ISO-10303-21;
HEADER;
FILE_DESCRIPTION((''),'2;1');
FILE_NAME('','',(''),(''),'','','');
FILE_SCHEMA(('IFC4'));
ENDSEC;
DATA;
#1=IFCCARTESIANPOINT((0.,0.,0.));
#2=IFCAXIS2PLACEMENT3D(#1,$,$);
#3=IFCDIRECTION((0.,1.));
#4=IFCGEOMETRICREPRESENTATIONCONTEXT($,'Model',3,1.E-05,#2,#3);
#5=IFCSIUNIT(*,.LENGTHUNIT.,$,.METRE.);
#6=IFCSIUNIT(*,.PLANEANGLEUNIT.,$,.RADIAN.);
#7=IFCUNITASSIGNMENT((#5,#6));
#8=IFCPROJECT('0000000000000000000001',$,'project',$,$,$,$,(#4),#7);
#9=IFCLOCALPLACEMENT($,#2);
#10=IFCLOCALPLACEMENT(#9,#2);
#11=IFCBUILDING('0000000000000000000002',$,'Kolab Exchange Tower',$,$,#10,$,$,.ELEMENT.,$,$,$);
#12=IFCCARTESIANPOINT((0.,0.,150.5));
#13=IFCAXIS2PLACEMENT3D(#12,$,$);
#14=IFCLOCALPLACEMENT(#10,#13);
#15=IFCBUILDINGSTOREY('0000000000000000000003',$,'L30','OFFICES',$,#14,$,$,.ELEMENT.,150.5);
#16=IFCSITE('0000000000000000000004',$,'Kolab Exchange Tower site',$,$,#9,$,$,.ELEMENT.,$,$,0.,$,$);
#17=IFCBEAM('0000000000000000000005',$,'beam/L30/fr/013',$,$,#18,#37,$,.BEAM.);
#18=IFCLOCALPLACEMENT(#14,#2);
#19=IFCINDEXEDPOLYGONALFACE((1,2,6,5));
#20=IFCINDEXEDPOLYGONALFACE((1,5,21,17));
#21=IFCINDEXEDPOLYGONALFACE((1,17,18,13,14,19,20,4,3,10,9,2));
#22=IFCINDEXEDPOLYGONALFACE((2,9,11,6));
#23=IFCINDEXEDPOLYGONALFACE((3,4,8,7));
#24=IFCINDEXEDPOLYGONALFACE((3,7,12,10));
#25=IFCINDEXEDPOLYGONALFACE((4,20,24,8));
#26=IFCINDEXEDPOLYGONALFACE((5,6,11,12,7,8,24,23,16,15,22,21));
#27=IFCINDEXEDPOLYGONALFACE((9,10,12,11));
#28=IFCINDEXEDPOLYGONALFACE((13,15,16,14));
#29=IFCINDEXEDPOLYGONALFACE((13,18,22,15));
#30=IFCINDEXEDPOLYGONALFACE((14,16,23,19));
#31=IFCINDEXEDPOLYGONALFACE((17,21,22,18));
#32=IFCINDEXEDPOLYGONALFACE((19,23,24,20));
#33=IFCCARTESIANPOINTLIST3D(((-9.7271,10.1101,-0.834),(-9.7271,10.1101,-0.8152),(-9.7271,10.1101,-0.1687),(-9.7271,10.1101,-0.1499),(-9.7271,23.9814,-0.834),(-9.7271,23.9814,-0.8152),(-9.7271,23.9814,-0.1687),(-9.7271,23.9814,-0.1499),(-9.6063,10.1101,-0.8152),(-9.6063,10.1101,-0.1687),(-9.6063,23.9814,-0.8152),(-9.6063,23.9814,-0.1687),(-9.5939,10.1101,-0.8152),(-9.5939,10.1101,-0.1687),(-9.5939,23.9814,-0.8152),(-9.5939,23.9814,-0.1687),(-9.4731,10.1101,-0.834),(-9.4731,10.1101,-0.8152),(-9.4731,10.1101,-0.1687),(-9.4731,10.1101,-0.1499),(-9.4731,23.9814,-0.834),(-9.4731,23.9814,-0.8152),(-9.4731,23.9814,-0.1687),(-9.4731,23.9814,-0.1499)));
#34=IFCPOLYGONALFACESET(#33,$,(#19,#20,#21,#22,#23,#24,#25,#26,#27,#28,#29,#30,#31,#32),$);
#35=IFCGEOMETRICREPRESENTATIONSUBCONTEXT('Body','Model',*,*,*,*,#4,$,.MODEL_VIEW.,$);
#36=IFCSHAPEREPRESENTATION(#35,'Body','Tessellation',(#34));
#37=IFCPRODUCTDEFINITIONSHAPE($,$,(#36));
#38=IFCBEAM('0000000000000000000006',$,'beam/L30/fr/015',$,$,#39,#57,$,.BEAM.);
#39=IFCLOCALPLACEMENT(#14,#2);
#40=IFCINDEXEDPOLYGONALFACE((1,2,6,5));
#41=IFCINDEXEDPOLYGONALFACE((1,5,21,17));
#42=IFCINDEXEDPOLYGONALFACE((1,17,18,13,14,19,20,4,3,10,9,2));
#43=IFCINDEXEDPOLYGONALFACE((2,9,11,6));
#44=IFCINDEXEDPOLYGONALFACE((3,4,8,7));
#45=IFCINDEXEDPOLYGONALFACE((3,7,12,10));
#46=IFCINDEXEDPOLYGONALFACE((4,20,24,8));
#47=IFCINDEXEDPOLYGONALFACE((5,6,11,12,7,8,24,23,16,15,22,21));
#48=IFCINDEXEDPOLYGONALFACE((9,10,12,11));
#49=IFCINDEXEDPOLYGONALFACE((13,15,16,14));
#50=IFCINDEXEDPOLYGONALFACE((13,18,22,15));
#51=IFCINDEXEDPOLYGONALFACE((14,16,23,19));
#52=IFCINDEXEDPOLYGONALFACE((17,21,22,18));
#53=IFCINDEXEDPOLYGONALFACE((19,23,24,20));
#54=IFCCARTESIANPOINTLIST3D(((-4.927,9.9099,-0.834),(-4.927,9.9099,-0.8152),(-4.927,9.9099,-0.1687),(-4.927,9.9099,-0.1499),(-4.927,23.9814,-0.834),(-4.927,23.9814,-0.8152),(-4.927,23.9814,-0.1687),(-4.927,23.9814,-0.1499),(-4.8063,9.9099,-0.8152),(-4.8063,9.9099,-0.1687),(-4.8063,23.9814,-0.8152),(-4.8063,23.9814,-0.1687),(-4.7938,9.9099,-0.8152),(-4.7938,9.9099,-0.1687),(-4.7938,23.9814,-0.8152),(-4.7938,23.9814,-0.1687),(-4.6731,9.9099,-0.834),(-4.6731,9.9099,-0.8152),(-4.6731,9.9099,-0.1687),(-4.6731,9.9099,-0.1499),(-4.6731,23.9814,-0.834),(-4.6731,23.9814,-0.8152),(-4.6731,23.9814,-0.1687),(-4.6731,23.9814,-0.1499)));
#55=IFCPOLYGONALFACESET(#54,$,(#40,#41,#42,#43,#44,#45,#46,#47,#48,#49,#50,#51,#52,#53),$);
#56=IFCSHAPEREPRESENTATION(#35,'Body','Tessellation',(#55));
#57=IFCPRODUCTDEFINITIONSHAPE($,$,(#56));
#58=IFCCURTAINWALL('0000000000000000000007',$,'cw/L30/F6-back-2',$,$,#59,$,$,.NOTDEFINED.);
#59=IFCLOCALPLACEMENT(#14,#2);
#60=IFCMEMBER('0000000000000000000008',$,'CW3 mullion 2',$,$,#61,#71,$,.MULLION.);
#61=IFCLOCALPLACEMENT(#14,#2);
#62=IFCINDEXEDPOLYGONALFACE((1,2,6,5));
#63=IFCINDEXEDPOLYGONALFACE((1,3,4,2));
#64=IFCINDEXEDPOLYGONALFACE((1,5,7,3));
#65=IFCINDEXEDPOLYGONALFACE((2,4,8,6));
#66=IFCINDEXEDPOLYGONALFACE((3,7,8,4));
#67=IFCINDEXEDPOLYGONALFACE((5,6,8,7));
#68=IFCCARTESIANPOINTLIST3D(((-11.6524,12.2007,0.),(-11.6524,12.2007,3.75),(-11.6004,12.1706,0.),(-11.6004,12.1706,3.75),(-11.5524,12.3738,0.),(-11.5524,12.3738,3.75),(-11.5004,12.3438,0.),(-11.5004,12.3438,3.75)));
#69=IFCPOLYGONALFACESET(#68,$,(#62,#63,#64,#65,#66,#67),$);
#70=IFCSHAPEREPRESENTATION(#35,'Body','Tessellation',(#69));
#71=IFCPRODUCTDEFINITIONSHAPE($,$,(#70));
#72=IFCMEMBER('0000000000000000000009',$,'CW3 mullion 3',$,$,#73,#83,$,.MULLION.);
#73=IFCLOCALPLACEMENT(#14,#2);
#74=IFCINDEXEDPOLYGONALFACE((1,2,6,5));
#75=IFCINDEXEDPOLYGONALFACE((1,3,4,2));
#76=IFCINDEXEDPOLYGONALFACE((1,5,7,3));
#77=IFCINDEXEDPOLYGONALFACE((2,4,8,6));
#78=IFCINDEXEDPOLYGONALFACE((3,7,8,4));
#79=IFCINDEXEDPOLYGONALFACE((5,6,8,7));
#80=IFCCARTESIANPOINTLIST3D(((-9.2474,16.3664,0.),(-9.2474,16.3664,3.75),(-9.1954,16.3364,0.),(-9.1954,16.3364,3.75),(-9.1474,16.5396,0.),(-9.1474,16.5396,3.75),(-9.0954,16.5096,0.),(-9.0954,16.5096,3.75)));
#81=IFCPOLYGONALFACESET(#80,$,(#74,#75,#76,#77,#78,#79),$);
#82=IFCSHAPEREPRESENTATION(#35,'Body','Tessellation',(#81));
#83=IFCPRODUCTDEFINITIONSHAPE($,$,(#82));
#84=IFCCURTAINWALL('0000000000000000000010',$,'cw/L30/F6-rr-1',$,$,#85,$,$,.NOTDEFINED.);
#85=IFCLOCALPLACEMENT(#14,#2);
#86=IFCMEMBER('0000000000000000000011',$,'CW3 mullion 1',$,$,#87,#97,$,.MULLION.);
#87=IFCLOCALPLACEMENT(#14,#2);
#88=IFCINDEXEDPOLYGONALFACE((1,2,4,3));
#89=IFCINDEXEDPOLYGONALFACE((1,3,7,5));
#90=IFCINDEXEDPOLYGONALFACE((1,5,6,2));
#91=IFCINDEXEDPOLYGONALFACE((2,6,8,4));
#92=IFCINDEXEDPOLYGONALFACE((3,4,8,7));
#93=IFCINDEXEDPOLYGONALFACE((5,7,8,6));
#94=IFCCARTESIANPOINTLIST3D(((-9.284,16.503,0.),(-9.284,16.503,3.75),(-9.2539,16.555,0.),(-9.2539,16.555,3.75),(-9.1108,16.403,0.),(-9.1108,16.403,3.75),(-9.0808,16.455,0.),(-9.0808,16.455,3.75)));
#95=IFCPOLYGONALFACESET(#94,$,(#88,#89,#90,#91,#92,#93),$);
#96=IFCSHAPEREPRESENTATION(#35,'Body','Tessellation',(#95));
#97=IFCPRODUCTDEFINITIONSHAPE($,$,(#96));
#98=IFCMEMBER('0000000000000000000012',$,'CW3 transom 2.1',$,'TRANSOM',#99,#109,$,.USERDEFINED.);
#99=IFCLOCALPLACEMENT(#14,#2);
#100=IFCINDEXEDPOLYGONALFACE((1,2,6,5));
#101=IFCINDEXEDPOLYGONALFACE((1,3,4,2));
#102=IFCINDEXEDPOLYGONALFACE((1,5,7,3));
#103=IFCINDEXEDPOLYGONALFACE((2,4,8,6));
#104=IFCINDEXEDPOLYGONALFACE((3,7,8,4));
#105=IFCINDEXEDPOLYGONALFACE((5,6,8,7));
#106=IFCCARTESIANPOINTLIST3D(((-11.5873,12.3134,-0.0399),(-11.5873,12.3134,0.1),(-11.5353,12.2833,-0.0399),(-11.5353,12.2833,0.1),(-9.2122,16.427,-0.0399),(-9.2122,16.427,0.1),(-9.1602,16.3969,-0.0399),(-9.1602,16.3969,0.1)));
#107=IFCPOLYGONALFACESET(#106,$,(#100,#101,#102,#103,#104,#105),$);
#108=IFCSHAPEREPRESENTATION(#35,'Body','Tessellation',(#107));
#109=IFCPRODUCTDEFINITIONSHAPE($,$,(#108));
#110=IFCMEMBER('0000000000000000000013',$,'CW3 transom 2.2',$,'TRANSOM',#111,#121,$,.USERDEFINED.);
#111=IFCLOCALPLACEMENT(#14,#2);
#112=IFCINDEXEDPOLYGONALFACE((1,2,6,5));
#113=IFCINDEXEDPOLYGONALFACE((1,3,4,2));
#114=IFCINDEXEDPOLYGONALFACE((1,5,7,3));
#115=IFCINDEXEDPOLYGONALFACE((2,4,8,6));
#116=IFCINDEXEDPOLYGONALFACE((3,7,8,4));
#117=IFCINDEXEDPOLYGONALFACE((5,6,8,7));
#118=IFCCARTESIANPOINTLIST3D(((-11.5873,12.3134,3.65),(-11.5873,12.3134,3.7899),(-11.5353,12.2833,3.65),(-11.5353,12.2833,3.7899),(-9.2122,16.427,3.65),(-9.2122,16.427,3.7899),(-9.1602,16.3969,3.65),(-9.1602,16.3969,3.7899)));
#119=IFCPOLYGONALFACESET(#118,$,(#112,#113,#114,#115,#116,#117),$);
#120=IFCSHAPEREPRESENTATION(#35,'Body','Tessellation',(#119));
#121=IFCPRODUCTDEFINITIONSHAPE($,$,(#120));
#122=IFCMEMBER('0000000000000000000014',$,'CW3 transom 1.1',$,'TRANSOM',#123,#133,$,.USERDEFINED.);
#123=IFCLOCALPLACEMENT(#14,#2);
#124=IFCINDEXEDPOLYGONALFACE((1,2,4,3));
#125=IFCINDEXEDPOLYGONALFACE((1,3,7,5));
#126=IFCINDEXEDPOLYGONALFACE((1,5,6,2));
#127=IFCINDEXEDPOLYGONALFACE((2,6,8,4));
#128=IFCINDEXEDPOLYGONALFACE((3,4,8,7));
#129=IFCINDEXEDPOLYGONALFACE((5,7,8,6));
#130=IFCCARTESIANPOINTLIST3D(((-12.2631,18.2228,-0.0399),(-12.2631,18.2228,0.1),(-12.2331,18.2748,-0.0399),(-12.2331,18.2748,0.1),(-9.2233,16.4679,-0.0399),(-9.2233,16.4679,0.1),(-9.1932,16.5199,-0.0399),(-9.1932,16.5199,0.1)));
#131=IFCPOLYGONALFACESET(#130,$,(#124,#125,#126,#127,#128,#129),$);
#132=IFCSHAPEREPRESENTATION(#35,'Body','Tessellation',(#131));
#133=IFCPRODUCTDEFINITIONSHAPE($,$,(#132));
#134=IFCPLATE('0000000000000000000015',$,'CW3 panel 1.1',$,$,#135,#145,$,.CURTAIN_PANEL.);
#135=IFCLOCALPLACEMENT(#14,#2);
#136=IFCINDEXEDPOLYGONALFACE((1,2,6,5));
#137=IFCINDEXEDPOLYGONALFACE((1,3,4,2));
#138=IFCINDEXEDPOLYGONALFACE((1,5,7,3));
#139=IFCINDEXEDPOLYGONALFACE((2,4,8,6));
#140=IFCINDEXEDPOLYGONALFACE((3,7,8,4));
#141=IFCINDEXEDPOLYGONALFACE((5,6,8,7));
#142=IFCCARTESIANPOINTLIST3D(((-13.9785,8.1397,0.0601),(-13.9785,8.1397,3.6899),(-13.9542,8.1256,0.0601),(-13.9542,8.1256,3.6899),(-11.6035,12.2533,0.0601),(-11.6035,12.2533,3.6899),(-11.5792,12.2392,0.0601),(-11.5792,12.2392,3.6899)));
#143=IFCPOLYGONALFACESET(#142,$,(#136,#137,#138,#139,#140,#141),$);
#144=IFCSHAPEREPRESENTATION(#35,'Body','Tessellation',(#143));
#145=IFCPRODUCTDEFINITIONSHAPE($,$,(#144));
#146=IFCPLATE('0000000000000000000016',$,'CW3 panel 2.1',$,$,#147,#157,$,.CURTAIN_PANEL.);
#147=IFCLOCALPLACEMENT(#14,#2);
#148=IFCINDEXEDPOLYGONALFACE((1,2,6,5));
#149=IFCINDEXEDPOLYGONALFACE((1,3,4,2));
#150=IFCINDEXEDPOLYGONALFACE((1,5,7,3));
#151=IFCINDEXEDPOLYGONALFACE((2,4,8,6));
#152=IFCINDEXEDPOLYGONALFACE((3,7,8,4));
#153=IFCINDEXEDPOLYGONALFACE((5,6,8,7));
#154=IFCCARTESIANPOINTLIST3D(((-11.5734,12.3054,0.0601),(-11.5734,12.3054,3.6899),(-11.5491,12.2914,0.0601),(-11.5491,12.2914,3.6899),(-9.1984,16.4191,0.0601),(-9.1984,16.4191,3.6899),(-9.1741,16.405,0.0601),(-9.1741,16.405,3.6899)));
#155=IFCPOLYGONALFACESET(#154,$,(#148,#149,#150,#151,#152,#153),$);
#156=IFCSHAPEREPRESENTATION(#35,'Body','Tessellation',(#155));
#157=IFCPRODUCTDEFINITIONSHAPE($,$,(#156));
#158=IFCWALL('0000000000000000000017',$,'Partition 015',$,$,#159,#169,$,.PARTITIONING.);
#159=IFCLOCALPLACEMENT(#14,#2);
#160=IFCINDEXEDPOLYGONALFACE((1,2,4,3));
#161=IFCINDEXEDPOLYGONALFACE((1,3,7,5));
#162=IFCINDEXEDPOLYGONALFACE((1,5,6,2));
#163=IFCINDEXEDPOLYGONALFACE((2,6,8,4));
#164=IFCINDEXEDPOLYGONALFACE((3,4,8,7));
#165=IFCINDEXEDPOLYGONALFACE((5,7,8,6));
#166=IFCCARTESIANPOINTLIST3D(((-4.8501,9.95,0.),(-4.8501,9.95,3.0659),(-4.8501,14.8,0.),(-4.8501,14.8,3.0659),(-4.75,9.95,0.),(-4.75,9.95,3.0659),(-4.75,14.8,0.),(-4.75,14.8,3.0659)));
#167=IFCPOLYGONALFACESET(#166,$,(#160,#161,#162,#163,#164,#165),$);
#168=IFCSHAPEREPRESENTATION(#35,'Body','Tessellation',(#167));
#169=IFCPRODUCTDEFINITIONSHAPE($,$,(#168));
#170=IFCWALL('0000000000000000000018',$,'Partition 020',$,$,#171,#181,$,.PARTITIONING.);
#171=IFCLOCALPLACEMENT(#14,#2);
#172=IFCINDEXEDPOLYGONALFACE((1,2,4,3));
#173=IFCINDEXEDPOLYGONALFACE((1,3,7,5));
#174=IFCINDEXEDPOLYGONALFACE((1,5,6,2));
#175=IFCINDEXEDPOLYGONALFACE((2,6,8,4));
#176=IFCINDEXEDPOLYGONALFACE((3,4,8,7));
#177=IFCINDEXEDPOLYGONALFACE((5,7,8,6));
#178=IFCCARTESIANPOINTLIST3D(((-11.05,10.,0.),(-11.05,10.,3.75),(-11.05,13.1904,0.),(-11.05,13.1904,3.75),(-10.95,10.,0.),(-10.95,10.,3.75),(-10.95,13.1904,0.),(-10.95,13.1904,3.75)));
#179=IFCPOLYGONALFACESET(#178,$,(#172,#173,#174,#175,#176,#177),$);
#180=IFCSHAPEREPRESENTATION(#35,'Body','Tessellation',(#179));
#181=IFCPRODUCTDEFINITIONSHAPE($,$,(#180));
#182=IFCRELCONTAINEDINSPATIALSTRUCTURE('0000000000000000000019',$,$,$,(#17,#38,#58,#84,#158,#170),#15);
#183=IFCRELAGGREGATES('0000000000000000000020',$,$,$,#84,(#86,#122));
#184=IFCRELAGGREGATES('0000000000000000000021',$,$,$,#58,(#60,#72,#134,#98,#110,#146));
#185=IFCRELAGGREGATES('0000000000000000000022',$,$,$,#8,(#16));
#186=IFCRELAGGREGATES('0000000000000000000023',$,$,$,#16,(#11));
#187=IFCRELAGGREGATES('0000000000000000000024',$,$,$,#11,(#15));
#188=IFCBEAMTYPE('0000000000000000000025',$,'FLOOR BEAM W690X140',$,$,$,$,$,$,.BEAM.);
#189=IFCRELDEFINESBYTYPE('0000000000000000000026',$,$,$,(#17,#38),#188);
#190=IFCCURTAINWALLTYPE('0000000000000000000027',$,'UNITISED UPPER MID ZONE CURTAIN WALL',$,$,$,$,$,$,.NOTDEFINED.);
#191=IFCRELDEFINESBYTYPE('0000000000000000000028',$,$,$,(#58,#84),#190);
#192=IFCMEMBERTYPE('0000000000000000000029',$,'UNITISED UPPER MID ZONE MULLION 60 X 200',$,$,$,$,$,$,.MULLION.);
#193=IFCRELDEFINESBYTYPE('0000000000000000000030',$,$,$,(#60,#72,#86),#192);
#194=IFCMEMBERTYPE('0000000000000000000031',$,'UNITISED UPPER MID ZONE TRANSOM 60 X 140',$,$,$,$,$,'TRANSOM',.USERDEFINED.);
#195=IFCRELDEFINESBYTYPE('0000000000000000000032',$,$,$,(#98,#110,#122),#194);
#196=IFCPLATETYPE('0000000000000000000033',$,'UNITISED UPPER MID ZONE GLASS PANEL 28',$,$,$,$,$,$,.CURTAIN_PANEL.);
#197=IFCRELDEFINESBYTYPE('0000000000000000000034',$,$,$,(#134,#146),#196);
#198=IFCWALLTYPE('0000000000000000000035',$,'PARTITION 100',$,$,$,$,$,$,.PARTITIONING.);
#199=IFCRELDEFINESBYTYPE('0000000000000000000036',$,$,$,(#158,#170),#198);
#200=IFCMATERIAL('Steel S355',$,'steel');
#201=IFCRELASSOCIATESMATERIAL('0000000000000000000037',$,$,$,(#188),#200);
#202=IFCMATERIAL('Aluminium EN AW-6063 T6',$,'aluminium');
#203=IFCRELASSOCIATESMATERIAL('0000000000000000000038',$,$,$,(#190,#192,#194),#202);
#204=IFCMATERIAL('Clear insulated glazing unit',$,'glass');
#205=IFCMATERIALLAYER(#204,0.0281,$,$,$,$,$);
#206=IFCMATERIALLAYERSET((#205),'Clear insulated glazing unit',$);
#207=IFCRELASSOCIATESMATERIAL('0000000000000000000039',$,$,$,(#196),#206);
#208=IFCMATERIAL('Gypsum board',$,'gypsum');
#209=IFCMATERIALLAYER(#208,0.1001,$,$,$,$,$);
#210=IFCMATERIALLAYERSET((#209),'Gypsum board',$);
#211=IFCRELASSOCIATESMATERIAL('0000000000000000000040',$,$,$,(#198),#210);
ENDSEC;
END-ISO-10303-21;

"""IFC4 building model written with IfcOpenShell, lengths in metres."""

from ifc_helpers import new_model, si_unit, direction, frame, frame_2d, origin, origin_2d, place, context, subcontext, project, spatial, rectangle, i_section, extrude, material, layer, layer_set, material_profile, profile_set, type_object, element, aggregate, save


model = new_model("IFC4")

# Units and contexts
model_context = context("Model", 3, precision=1e-05, world=origin(), true_north=direction((0.0, 1.0)))
body_context = subcontext(model_context, "Body", "Model", "MODEL_VIEW")
ifc_project = project(units=[si_unit("LENGTHUNIT", "METRE"), si_unit("PLANEANGLEUNIT", "RADIAN")], contexts=[model_context])

# Site, building, storey
site_placement = place(None, origin())
site = spatial("IfcSite", under=ifc_project, at=site_placement, Name="Kolab Exchange Tower site", CompositionType="ELEMENT", RefElevation=0.0)
building_placement = place(site_placement, origin())
building = spatial("IfcBuilding", under=site, at=building_placement, Name="Kolab Exchange Tower", CompositionType="ELEMENT")
storey_placement = place(building_placement, frame((0.0, 0.0, 150.5)))
storey = spatial("IfcBuildingStorey", under=building, at=storey_placement, Name="L30", Description="OFFICES", CompositionType="ELEMENT", Elevation=150.5)

# Beams
ifc_material_1 = material(Name="Steel S355", Category="steel")
ifc_material_profile_1 = material_profile(ifc_material_1, i_section(OverallWidth=0.2539, OverallDepth=0.6841, WebThickness=0.0125, FlangeThickness=0.0188, at=origin_2d()), Name="W690X140")
ifc_profile_set_1 = profile_set([ifc_material_profile_1], Name="Steel S355")
beam_type = type_object("IfcBeamType", Name="FLOOR BEAM W690X140", PredefinedType="BEAM", material=ifc_profile_set_1)
beam_1_placement = place(storey_placement, frame((-9.6001, 10.1101, -0.4919), z_axis=(0.0, 1.0, 0.0), x_axis=(-1.0, 0.0, 0.0)))
element("IfcBeam", 1, at=beam_1_placement, inside=storey, type_object=beam_type, Name="beam/L30/fr/013", PredefinedType="BEAM", context=body_context, shape_type="SweptSolid", body=[
    extrude(i_section(OverallWidth=0.2539, OverallDepth=0.6841, WebThickness=0.0125, FlangeThickness=0.0188, at=origin_2d()), origin(), (0.0, 0.0, 1.0), 13.8713),
])
beam_2_placement = place(storey_placement, frame((-4.8, 9.9099, -0.4919), z_axis=(0.0, 1.0, 0.0), x_axis=(-1.0, 0.0, 0.0)))
element("IfcBeam", 2, at=beam_2_placement, inside=storey, type_object=beam_type, Name="beam/L30/fr/015", PredefinedType="BEAM", context=body_context, shape_type="SweptSolid", body=[
    extrude(i_section(OverallWidth=0.2539, OverallDepth=0.6841, WebThickness=0.0125, FlangeThickness=0.0188, at=origin_2d()), origin(), (0.0, 0.0, 1.0), 14.0715),
])

# Curtain wall, members
ifc_material_2 = material(Name="Aluminium EN AW-6063 T6", Category="aluminium")
curtain_wall_type = type_object("IfcCurtainWallType", Name="UNITISED UPPER MID ZONE CURTAIN WALL", PredefinedType="NOTDEFINED", material=ifc_material_2)
curtain_wall_1_placement = place(storey_placement, origin())
curtain_wall_1 = element("IfcCurtainWall", 3, at=curtain_wall_1_placement, inside=storey, type_object=curtain_wall_type, Name="cw/L30/F6-back-2", PredefinedType="NOTDEFINED")
ifc_material_profile_2 = material_profile(ifc_material_2, rectangle(XDim=0.0601, YDim=0.2, at=origin_2d()), Name="RECT 60X200")
ifc_profile_set_2 = profile_set([ifc_material_profile_2], Name="Aluminium EN AW-6063 T6")
member_type_1 = type_object("IfcMemberType", Name="UNITISED UPPER MID ZONE MULLION 60 X 200", PredefinedType="MULLION", material=ifc_profile_set_2)
member_1_placement = place(storey_placement, frame((-11.5764, 12.2722, 0.0), z_axis=(0.0, 0.0, 1.0), x_axis=(-0.866025, 0.5, 0.0)))
member_1 = element("IfcMember", 4, at=member_1_placement, type_object=member_type_1, Name="CW3 mullion 2", PredefinedType="MULLION", context=body_context, shape_type="SweptSolid", body=[
    extrude(rectangle(XDim=0.0601, YDim=0.2, at=origin_2d()), origin(), (0.0, 0.0, 1.0), 3.75),
])
member_2_placement = place(storey_placement, frame((-9.1714, 16.438, 0.0), z_axis=(0.0, 0.0, 1.0), x_axis=(-0.866025, 0.5, 0.0)))
member_2 = element("IfcMember", 5, at=member_2_placement, type_object=member_type_1, Name="CW3 mullion 3", PredefinedType="MULLION", context=body_context, shape_type="SweptSolid", body=[
    extrude(rectangle(XDim=0.0601, YDim=0.2, at=origin_2d()), origin(), (0.0, 0.0, 1.0), 3.75),
])

# Curtain wall, member
curtain_wall_2_placement = place(storey_placement, origin())
curtain_wall_2 = element("IfcCurtainWall", 6, at=curtain_wall_2_placement, inside=storey, type_object=curtain_wall_type, Name="cw/L30/F6-rr-1", PredefinedType="NOTDEFINED")
member_3_placement = place(storey_placement, frame((-9.1824, 16.479, 0.0), z_axis=(0.0, 0.0, 1.0), x_axis=(-0.5, -0.866025, 0.0)))
member_3 = element("IfcMember", 7, at=member_3_placement, type_object=member_type_1, Name="CW3 mullion 1", PredefinedType="MULLION", context=body_context, shape_type="SweptSolid", body=[
    extrude(rectangle(XDim=0.0601, YDim=0.2, at=origin_2d()), origin(), (0.0, 0.0, 1.0), 3.75),
])

# Members
ifc_material_profile_3 = material_profile(ifc_material_2, rectangle(XDim=0.0601, YDim=0.1399, at=origin_2d()), Name="RECT 60X140")
ifc_profile_set_3 = profile_set([ifc_material_profile_3], Name="Aluminium EN AW-6063 T6")
member_type_2 = type_object("IfcMemberType", Name="UNITISED UPPER MID ZONE TRANSOM 60 X 140", ElementType="TRANSOM", PredefinedType="USERDEFINED", material=ifc_profile_set_3)
member_4_placement = place(storey_placement, frame((-11.5613, 12.2983, 0.03), z_axis=(0.500009, 0.86602, 0.0), x_axis=(-0.86602, 0.500009, 0.0)))
member_4 = element("IfcMember", 8, at=member_4_placement, type_object=member_type_2, Name="CW3 transom 2.1", ObjectType="TRANSOM", PredefinedType="USERDEFINED", context=body_context, shape_type="SweptSolid", body=[
    extrude(rectangle(XDim=0.0601, YDim=0.1399, at=origin_2d()), origin(), (0.0, 0.0, 1.0), 4.75),
])
member_5_placement = place(storey_placement, frame((-11.5613, 12.2983, 3.72), z_axis=(0.500009, 0.86602, 0.0), x_axis=(-0.86602, 0.500009, 0.0)))
member_5 = element("IfcMember", 9, at=member_5_placement, type_object=member_type_2, Name="CW3 transom 2.2", ObjectType="TRANSOM", PredefinedType="USERDEFINED", context=body_context, shape_type="SweptSolid", body=[
    extrude(rectangle(XDim=0.0601, YDim=0.1399, at=origin_2d()), origin(), (0.0, 0.0, 1.0), 4.75),
])
member_6_placement = place(storey_placement, frame((-9.2083, 16.4939, 0.03), z_axis=(-0.866043, 0.499969, 0.0), x_axis=(-0.499969, -0.866043, 0.0)))
member_6 = element("IfcMember", 10, at=member_6_placement, type_object=member_type_2, Name="CW3 transom 1.1", ObjectType="TRANSOM", PredefinedType="USERDEFINED", context=body_context, shape_type="SweptSolid", body=[
    extrude(rectangle(XDim=0.0601, YDim=0.1399, at=origin_2d()), origin(), (0.0, 0.0, 1.0), 3.51),
])
aggregate(curtain_wall_2, [member_3, member_6])

# Plates
ifc_material_3 = material(Name="Clear insulated glazing unit", Category="glass")
ifc_layer_1 = layer(ifc_material_3, 0.0281)
ifc_layer_set_1 = layer_set([ifc_layer_1], Name="Clear insulated glazing unit")
plate_type = type_object("IfcPlateType", Name="UNITISED UPPER MID ZONE GLASS PANEL 28", PredefinedType="CURTAIN_PANEL", material=ifc_layer_set_1)
plate_1_placement = place(storey_placement, frame((-12.7788, 10.1895, 0.0601), z_axis=(0.0, 0.0, 1.0), x_axis=(0.5, 0.866025, 0.0)))
plate_1 = element("IfcPlate", 11, at=plate_1_placement, type_object=plate_type, Name="CW3 panel 1.1", PredefinedType="CURTAIN_PANEL", context=body_context, shape_type="SweptSolid", body=[
    extrude(rectangle(XDim=4.75, YDim=0.0281, at=origin_2d()), origin(), (0.0, 0.0, 1.0), 3.6299),
])
plate_2_placement = place(storey_placement, frame((-10.3738, 14.3552, 0.0601), z_axis=(0.0, 0.0, 1.0), x_axis=(0.5, 0.866025, 0.0)))
plate_2 = element("IfcPlate", 12, at=plate_2_placement, type_object=plate_type, Name="CW3 panel 2.1", PredefinedType="CURTAIN_PANEL", context=body_context, shape_type="SweptSolid", body=[
    extrude(rectangle(XDim=4.75, YDim=0.0281, at=origin_2d()), origin(), (0.0, 0.0, 1.0), 3.6299),
])
aggregate(curtain_wall_1, [member_1, member_2, plate_1, member_4, member_5, plate_2])

# Walls
ifc_material_4 = material(Name="Gypsum board", Category="gypsum")
ifc_layer_2 = layer(ifc_material_4, 0.1001)
ifc_layer_set_2 = layer_set([ifc_layer_2], Name="Gypsum board")
wall_type_1 = type_object("IfcWallType", Name="PARTITION 100", PredefinedType="PARTITIONING", material=ifc_layer_set_2)
wall_1_placement = place(storey_placement, frame((-4.8, 9.95, 0.0), z_axis=(0.0, 0.0, 1.0), x_axis=(0.0, 1.0, 0.0)))
element("IfcWall", 13, at=wall_1_placement, inside=storey, type_object=wall_type_1, Name="Partition 015", PredefinedType="PARTITIONING", context=body_context, shape_type="SweptSolid", body=[
    extrude(rectangle(XDim=4.8501, YDim=0.1001, at=frame_2d((2.425, 0.0))), origin(), (0.0, 0.0, 1.0), 3.0659),
])
wall_2_placement = place(storey_placement, frame((-11.0, 10.0, 0.0), z_axis=(0.0, 0.0, 1.0), x_axis=(0.0, 1.0, 0.0)))
element("IfcWall", 14, at=wall_2_placement, inside=storey, type_object=wall_type_1, Name="Partition 020", PredefinedType="PARTITIONING", context=body_context, shape_type="SweptSolid", body=[
    extrude(rectangle(XDim=3.1904, YDim=0.1001, at=frame_2d((1.5952, 0.0))), origin(), (0.0, 0.0, 1.0), 3.75),
])

save(model, "model.ifc")
